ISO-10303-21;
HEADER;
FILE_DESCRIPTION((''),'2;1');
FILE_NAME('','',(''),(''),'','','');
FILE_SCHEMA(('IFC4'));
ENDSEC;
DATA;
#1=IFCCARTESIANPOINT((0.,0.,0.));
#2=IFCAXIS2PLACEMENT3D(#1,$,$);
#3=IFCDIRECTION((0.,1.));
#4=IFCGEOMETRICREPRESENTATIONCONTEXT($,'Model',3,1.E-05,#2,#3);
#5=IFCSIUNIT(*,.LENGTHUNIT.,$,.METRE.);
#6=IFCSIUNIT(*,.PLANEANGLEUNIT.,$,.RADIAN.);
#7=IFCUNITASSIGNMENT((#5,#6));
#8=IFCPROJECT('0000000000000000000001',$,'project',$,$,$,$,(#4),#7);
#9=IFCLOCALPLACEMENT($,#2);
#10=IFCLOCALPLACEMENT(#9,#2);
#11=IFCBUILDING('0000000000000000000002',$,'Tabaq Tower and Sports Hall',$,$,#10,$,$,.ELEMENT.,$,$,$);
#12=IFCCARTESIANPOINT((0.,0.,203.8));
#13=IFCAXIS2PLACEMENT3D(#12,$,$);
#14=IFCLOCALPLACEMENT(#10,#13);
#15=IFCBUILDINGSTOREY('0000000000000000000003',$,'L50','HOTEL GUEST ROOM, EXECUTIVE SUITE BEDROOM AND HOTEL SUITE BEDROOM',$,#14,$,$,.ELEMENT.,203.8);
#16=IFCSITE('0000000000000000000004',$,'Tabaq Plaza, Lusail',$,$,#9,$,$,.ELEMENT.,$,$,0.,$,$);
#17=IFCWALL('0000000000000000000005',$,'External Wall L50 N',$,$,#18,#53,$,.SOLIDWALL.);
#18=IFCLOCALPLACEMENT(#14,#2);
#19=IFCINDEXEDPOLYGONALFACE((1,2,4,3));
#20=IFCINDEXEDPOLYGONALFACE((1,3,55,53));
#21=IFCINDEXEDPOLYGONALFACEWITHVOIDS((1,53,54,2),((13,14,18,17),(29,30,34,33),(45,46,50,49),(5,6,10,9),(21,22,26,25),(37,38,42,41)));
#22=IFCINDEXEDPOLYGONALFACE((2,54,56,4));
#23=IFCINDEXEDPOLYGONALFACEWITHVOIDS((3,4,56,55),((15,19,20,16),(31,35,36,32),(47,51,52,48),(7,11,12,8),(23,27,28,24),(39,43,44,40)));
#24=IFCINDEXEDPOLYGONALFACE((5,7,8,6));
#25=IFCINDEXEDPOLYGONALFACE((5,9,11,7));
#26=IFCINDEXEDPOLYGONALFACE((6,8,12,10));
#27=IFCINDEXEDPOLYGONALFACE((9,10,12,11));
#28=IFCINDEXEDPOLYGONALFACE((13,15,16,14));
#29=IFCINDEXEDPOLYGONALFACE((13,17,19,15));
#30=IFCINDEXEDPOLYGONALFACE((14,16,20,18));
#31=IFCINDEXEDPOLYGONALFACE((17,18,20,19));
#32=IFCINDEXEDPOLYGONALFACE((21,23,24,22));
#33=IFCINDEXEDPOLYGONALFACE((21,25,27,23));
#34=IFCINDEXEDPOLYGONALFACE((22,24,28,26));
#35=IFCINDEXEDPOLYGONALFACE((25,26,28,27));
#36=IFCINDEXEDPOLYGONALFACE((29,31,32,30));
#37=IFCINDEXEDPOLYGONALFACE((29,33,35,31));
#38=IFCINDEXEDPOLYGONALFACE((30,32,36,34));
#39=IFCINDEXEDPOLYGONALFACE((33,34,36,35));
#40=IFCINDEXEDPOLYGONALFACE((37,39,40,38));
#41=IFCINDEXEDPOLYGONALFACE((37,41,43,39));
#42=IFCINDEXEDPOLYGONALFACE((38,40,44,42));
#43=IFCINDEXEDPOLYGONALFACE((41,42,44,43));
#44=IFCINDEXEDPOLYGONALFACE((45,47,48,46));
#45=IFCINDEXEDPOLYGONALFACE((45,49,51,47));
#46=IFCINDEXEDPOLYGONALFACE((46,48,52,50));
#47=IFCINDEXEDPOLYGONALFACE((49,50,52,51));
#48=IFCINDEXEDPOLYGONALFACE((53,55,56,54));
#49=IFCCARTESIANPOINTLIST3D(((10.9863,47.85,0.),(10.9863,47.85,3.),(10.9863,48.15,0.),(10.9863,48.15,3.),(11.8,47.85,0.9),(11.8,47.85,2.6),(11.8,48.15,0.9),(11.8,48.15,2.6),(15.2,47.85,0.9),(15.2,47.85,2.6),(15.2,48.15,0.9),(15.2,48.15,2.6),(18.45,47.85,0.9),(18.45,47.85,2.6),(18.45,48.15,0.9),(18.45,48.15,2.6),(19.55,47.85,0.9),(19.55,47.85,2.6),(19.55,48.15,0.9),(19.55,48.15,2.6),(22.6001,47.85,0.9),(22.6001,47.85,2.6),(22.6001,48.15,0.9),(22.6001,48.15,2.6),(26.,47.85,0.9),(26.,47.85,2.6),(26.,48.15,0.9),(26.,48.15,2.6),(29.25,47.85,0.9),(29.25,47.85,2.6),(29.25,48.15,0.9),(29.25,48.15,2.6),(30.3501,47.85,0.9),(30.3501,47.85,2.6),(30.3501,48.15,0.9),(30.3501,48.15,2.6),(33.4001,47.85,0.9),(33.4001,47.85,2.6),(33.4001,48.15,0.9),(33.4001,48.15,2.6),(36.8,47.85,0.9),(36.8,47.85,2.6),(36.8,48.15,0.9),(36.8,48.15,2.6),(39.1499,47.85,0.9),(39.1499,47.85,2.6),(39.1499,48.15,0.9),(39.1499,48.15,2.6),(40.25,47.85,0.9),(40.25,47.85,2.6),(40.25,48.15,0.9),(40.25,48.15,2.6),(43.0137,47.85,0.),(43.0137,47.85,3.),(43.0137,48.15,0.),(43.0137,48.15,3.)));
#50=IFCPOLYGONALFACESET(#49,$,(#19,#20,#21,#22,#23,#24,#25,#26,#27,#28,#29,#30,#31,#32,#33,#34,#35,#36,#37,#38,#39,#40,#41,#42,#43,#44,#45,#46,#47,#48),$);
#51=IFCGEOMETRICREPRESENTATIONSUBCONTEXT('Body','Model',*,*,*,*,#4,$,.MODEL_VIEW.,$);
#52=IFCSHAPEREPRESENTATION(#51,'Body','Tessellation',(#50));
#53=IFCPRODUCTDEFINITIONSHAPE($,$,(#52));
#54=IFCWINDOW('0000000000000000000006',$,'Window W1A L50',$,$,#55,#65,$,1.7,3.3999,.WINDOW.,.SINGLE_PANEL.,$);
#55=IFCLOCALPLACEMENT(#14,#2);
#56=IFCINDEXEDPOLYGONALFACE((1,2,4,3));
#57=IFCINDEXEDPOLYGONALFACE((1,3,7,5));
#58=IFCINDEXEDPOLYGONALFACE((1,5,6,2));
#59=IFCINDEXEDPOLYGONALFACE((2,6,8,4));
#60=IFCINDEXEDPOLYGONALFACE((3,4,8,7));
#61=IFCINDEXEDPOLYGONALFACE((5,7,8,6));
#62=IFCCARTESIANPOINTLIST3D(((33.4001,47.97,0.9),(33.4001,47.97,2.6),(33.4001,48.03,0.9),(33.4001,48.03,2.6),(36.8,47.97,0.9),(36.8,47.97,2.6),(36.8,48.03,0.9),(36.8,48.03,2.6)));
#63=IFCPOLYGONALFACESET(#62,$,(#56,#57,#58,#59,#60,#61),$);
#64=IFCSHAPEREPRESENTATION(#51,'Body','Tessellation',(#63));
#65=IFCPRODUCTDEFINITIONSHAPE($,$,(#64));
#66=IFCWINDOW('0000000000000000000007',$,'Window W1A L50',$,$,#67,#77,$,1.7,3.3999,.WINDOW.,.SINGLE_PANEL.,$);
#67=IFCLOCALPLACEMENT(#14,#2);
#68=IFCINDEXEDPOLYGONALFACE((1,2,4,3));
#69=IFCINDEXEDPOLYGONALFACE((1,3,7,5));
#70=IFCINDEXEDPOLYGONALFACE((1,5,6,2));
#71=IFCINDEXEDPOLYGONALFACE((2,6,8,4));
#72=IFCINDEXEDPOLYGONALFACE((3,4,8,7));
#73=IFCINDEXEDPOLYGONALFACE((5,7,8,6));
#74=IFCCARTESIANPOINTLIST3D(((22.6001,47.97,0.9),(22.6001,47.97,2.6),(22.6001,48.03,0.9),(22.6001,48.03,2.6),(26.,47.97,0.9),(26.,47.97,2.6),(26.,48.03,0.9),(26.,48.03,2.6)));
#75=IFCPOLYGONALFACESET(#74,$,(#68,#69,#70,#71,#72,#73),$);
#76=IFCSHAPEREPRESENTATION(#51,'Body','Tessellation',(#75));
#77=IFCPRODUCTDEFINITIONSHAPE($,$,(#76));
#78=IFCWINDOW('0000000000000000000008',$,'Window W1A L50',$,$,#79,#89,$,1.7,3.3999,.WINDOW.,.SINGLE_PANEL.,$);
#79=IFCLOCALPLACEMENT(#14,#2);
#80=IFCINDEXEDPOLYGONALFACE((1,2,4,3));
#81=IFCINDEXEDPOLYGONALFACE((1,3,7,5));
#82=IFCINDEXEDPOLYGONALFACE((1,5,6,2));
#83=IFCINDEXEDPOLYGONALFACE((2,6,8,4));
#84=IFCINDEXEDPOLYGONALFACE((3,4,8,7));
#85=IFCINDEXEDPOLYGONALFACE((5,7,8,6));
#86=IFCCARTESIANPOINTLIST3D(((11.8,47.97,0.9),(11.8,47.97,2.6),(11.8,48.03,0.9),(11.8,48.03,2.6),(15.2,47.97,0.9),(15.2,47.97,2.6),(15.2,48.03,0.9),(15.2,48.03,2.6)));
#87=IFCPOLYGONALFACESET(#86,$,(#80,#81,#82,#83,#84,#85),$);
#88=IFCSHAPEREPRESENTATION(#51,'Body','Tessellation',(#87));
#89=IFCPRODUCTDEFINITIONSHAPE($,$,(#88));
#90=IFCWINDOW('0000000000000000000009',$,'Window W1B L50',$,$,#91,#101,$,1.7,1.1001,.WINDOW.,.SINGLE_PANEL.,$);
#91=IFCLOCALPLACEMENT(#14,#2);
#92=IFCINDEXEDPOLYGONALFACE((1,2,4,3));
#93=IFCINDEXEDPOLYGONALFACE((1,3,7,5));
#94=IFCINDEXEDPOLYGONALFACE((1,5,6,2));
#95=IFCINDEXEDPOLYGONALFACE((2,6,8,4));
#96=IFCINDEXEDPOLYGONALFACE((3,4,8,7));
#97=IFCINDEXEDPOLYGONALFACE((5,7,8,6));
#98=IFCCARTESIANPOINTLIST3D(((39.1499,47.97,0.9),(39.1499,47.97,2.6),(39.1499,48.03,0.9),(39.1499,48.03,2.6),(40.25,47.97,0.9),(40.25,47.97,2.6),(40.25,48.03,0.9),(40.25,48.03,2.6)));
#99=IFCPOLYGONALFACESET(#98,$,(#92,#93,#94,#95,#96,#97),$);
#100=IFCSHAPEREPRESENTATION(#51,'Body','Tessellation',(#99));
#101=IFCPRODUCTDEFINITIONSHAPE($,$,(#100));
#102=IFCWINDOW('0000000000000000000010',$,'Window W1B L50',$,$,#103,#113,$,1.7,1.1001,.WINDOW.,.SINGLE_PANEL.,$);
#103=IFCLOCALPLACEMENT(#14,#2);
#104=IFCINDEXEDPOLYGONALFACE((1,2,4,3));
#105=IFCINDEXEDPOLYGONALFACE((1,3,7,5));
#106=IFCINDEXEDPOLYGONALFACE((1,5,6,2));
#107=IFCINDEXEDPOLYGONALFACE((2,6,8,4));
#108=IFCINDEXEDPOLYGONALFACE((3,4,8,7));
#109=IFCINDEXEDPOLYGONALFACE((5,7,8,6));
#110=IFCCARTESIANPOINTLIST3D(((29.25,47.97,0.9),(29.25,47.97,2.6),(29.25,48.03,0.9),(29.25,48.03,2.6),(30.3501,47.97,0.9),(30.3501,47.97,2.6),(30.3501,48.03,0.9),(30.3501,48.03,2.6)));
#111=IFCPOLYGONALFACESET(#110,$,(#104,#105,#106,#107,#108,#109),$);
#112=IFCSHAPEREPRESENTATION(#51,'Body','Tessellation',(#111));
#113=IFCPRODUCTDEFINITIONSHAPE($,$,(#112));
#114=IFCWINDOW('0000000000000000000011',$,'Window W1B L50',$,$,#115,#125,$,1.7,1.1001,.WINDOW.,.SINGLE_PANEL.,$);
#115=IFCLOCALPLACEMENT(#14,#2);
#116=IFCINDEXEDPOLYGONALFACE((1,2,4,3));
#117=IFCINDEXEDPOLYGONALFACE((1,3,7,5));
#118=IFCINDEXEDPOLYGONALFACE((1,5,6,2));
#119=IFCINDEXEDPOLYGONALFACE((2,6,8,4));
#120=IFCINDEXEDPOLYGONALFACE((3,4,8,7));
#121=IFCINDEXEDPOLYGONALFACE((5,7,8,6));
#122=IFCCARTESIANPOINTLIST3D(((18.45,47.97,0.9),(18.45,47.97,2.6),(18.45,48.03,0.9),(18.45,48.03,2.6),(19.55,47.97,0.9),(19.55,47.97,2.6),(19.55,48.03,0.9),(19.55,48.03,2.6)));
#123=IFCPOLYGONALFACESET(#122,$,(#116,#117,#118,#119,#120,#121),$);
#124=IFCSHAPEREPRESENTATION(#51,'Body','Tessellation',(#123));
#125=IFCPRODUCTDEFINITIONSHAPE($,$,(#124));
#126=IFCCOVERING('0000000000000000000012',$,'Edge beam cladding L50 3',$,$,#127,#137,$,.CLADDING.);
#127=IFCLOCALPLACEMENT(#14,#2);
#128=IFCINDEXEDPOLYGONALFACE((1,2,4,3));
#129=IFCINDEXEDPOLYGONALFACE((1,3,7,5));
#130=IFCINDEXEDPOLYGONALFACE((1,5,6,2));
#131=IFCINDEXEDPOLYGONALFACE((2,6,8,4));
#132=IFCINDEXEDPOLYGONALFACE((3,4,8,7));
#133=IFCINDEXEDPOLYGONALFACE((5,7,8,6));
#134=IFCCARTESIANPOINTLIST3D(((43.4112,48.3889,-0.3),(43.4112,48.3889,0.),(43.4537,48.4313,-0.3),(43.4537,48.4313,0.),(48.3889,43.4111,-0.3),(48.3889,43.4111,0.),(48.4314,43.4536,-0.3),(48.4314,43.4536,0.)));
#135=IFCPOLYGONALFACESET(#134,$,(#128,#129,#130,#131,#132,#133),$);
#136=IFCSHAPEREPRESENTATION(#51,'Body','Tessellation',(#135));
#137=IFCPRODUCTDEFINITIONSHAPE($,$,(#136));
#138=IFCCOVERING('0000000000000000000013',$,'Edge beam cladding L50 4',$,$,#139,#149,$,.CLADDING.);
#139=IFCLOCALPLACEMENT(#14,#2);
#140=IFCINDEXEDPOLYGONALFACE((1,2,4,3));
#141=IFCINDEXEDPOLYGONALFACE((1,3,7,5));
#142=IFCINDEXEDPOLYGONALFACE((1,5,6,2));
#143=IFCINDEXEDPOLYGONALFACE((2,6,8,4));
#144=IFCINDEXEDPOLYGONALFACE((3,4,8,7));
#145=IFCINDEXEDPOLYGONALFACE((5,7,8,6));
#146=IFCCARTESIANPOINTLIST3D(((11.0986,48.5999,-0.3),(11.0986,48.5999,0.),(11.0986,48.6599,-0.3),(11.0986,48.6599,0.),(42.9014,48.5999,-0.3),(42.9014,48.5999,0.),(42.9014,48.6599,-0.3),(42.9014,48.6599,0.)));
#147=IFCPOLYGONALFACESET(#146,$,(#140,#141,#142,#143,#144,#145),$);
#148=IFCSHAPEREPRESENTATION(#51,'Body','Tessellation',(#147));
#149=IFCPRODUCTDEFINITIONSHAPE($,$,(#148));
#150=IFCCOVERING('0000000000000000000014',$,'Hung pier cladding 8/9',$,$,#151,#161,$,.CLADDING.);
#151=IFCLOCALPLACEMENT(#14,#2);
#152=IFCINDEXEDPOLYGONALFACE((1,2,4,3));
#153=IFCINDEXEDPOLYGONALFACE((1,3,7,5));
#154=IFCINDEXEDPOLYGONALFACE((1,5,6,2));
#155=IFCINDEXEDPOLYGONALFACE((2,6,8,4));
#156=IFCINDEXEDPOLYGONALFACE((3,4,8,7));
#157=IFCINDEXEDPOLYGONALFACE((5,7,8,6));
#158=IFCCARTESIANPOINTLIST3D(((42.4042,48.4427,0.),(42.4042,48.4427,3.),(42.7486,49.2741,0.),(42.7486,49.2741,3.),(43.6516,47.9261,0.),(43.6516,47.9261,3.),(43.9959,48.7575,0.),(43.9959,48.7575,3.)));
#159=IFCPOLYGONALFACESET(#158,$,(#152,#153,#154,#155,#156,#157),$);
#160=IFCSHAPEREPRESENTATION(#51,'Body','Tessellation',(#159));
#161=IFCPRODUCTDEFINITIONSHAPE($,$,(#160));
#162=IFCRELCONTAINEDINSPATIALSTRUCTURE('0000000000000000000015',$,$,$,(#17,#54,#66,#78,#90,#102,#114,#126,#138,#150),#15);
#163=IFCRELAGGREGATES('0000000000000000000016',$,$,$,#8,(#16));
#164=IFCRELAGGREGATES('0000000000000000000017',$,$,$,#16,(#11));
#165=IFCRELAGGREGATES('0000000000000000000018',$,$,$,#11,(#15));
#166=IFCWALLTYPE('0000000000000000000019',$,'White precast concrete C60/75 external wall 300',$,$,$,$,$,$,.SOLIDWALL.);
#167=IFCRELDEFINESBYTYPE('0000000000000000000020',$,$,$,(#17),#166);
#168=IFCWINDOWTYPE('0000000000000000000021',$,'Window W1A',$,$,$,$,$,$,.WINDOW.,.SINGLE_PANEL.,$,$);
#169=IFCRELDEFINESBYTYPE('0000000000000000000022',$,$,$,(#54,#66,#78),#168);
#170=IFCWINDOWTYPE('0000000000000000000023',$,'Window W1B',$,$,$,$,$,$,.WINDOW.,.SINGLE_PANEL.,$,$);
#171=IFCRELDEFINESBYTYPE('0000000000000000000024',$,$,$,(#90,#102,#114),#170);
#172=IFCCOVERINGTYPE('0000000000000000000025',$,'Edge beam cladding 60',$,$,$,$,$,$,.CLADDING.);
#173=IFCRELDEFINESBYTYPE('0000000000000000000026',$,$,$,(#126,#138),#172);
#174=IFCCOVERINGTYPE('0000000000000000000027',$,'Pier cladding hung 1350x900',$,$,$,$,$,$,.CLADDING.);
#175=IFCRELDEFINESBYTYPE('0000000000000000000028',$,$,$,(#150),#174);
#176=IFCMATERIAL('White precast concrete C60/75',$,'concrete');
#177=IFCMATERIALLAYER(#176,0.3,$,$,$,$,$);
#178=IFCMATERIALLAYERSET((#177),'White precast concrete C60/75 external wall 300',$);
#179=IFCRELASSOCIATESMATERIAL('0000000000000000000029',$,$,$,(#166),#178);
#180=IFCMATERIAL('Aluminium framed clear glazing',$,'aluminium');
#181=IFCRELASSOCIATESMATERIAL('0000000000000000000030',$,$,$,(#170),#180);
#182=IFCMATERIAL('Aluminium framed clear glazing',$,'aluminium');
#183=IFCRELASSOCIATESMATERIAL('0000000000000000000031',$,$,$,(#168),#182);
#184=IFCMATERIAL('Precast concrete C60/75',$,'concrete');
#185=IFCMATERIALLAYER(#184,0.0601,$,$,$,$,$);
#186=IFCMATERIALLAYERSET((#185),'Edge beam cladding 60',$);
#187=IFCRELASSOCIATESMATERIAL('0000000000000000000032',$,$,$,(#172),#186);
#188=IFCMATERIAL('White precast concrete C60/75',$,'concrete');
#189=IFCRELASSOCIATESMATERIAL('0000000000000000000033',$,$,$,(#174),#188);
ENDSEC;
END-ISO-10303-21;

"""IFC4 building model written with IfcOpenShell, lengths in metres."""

from ifc_helpers import new_model, si_unit, direction, frame, frame_2d, origin, place, context, subcontext, project, spatial, rectangle, extrude, material, layer, layer_set, type_object, element, fill, save


model = new_model("IFC4")

# Units and contexts
model_context = context("Model", 3, precision=1e-05, world=origin(), true_north=direction((0.0, 1.0)))
body_context = subcontext(model_context, "Body", "Model", "MODEL_VIEW")
ifc_project = project(units=[si_unit("LENGTHUNIT", "METRE"), si_unit("PLANEANGLEUNIT", "RADIAN")], contexts=[model_context])

# Site, building, storey
site_placement = place(None, origin())
site = spatial("IfcSite", under=ifc_project, at=site_placement, Name="Tabaq Plaza, Lusail", CompositionType="ELEMENT", RefElevation=0.0)
building_placement = place(site_placement, origin())
building = spatial("IfcBuilding", under=site, at=building_placement, Name="Tabaq Tower and Sports Hall", CompositionType="ELEMENT")
storey_placement = place(building_placement, frame((0.0, 0.0, 203.8)))
storey = spatial("IfcBuildingStorey", under=building, at=storey_placement, Name="L50", Description="HOTEL GUEST ROOM, EXECUTIVE SUITE BEDROOM AND HOTEL SUITE BEDROOM", CompositionType="ELEMENT", Elevation=203.8)

# Wall, openings, windows
ifc_material_1 = material(Name="White precast concrete C60/75", Category="concrete")
ifc_layer_1 = layer(ifc_material_1, 0.3)
ifc_layer_set_1 = layer_set([ifc_layer_1], Name="White precast concrete C60/75 external wall 300")
wall_type_1 = type_object("IfcWallType", Name="White precast concrete C60/75 external wall 300", PredefinedType="SOLIDWALL", material=ifc_layer_set_1)
ifc_material_2 = material(Name="Aluminium framed clear glazing", Category="aluminium")
window_type_1 = type_object("IfcWindowType", Name="Window W1B", PartitioningType="SINGLE_PANEL", PredefinedType="WINDOW", material=ifc_material_2)
wall_1_placement = place(storey_placement, frame((43.0137, 48.0, 0.0), z_axis=(0.0, 0.0, 1.0), x_axis=(-1.0, 0.0, 0.0)))
wall_1 = element("IfcWall", 1, at=wall_1_placement, inside=storey, type_object=wall_type_1, Name="External Wall L50 N", PredefinedType="SOLIDWALL", context=body_context, shape_type="SweptSolid", body=[
    extrude(rectangle(XDim=32.0273, YDim=0.3, at=frame_2d((16.0137, 0.0))), origin(), (0.0, 0.0, 1.0), 3.0),
])
opening_1_placement = place(wall_1_placement, frame((2.7637, 0.0, 0.8999)))
opening_1 = element("IfcOpeningElement", 2, at=opening_1_placement, cuts=wall_1, PredefinedType="OPENING", context=body_context, shape_type="SweptSolid", body=[
    extrude(rectangle(XDim=1.1001, YDim=1.7, at=frame_2d((0.55, 0.8501))), frame((0.0, 0.1602, 0.0), z_axis=(0.0, -1.0, 0.0), x_axis=(1.0, 0.0, 0.0)), (0.0, 0.0, 1.0), 0.3201),
])
opening_2_placement = place(wall_1_placement, frame((6.2136, 0.0, 0.8999)))
opening_2 = element("IfcOpeningElement", 3, at=opening_2_placement, cuts=wall_1, PredefinedType="OPENING", context=body_context, shape_type="SweptSolid", body=[
    extrude(rectangle(XDim=3.3999, YDim=1.7, at=frame_2d((1.7, 0.8501))), frame((0.0, 0.1602, 0.0), z_axis=(0.0, -1.0, 0.0), x_axis=(1.0, 0.0, 0.0)), (0.0, 0.0, 1.0), 0.3201),
])
opening_3_placement = place(wall_1_placement, frame((12.6636, 0.0, 0.8999)))
opening_3 = element("IfcOpeningElement", 4, at=opening_3_placement, cuts=wall_1, PredefinedType="OPENING", context=body_context, shape_type="SweptSolid", body=[
    extrude(rectangle(XDim=1.1001, YDim=1.7, at=frame_2d((0.55, 0.8501))), frame((0.0, 0.1602, 0.0), z_axis=(0.0, -1.0, 0.0), x_axis=(1.0, 0.0, 0.0)), (0.0, 0.0, 1.0), 0.3201),
])
opening_4_placement = place(wall_1_placement, frame((17.0137, 0.0, 0.8999)))
opening_4 = element("IfcOpeningElement", 5, at=opening_4_placement, cuts=wall_1, PredefinedType="OPENING", context=body_context, shape_type="SweptSolid", body=[
    extrude(rectangle(XDim=3.3999, YDim=1.7, at=frame_2d((1.7, 0.8501))), frame((0.0, 0.1602, 0.0), z_axis=(0.0, -1.0, 0.0), x_axis=(1.0, 0.0, 0.0)), (0.0, 0.0, 1.0), 0.3201),
])
opening_5_placement = place(wall_1_placement, frame((23.4636, 0.0, 0.8999)))
opening_5 = element("IfcOpeningElement", 6, at=opening_5_placement, cuts=wall_1, PredefinedType="OPENING", context=body_context, shape_type="SweptSolid", body=[
    extrude(rectangle(XDim=1.1001, YDim=1.7, at=frame_2d((0.55, 0.8501))), frame((0.0, 0.1602, 0.0), z_axis=(0.0, -1.0, 0.0), x_axis=(1.0, 0.0, 0.0)), (0.0, 0.0, 1.0), 0.3201),
])
opening_6_placement = place(wall_1_placement, frame((27.8137, 0.0, 0.8999)))
opening_6 = element("IfcOpeningElement", 7, at=opening_6_placement, cuts=wall_1, PredefinedType="OPENING", context=body_context, shape_type="SweptSolid", body=[
    extrude(rectangle(XDim=3.3999, YDim=1.7, at=frame_2d((1.7, 0.8501))), frame((0.0, 0.1602, 0.0), z_axis=(0.0, -1.0, 0.0), x_axis=(1.0, 0.0, 0.0)), (0.0, 0.0, 1.0), 0.3201),
])
ifc_material_3 = material(Name="Aluminium framed clear glazing", Category="aluminium")
window_type_2 = type_object("IfcWindowType", Name="Window W1A", PartitioningType="SINGLE_PANEL", PredefinedType="WINDOW", material=ifc_material_3)
window_1_placement = place(opening_2_placement, origin())
window_1 = element("IfcWindow", 8, at=window_1_placement, inside=storey, type_object=window_type_2, Name="Window W1A L50", OverallHeight=1.7, OverallWidth=3.3999, PartitioningType="SINGLE_PANEL", PredefinedType="WINDOW", context=body_context, shape_type="SweptSolid", body=[
    extrude(rectangle(XDim=3.3999, YDim=1.7, at=frame_2d((1.7, 0.8501))), frame((0.0, 0.03, 0.0), z_axis=(0.0, -1.0, 0.0), x_axis=(1.0, 0.0, 0.0)), (0.0, 0.0, 1.0), 0.0601),
])
fill(opening_2, window_1)
window_2_placement = place(opening_4_placement, origin())
window_2 = element("IfcWindow", 9, at=window_2_placement, inside=storey, type_object=window_type_2, Name="Window W1A L50", OverallHeight=1.7, OverallWidth=3.3999, PartitioningType="SINGLE_PANEL", PredefinedType="WINDOW", context=body_context, shape_type="SweptSolid", body=[
    extrude(rectangle(XDim=3.3999, YDim=1.7, at=frame_2d((1.7, 0.8501))), frame((0.0, 0.03, 0.0), z_axis=(0.0, -1.0, 0.0), x_axis=(1.0, 0.0, 0.0)), (0.0, 0.0, 1.0), 0.0601),
])
fill(opening_4, window_2)
window_3_placement = place(opening_6_placement, origin())
window_3 = element("IfcWindow", 10, at=window_3_placement, inside=storey, type_object=window_type_2, Name="Window W1A L50", OverallHeight=1.7, OverallWidth=3.3999, PartitioningType="SINGLE_PANEL", PredefinedType="WINDOW", context=body_context, shape_type="SweptSolid", body=[
    extrude(rectangle(XDim=3.3999, YDim=1.7, at=frame_2d((1.7, 0.8501))), frame((0.0, 0.03, 0.0), z_axis=(0.0, -1.0, 0.0), x_axis=(1.0, 0.0, 0.0)), (0.0, 0.0, 1.0), 0.0601),
])
fill(opening_6, window_3)
window_4_placement = place(opening_1_placement, origin())
window_4 = element("IfcWindow", 11, at=window_4_placement, inside=storey, type_object=window_type_1, Name="Window W1B L50", OverallHeight=1.7, OverallWidth=1.1001, PartitioningType="SINGLE_PANEL", PredefinedType="WINDOW", context=body_context, shape_type="SweptSolid", body=[
    extrude(rectangle(XDim=1.1001, YDim=1.7, at=frame_2d((0.55, 0.8501))), frame((0.0, 0.03, 0.0), z_axis=(0.0, -1.0, 0.0), x_axis=(1.0, 0.0, 0.0)), (0.0, 0.0, 1.0), 0.0601),
])
fill(opening_1, window_4)
window_5_placement = place(opening_3_placement, origin())
window_5 = element("IfcWindow", 12, at=window_5_placement, inside=storey, type_object=window_type_1, Name="Window W1B L50", OverallHeight=1.7, OverallWidth=1.1001, PartitioningType="SINGLE_PANEL", PredefinedType="WINDOW", context=body_context, shape_type="SweptSolid", body=[
    extrude(rectangle(XDim=1.1001, YDim=1.7, at=frame_2d((0.55, 0.8501))), frame((0.0, 0.03, 0.0), z_axis=(0.0, -1.0, 0.0), x_axis=(1.0, 0.0, 0.0)), (0.0, 0.0, 1.0), 0.0601),
])
fill(opening_3, window_5)
window_6_placement = place(opening_5_placement, origin())
window_6 = element("IfcWindow", 13, at=window_6_placement, inside=storey, type_object=window_type_1, Name="Window W1B L50", OverallHeight=1.7, OverallWidth=1.1001, PartitioningType="SINGLE_PANEL", PredefinedType="WINDOW", context=body_context, shape_type="SweptSolid", body=[
    extrude(rectangle(XDim=1.1001, YDim=1.7, at=frame_2d((0.55, 0.8501))), frame((0.0, 0.03, 0.0), z_axis=(0.0, -1.0, 0.0), x_axis=(1.0, 0.0, 0.0)), (0.0, 0.0, 1.0), 0.0601),
])
fill(opening_5, window_6)

# Coverings
ifc_material_4 = material(Name="Precast concrete C60/75", Category="concrete")
ifc_layer_2 = layer(ifc_material_4, 0.0601)
ifc_layer_set_2 = layer_set([ifc_layer_2], Name="Edge beam cladding 60")
covering_type_1 = type_object("IfcCoveringType", Name="Edge beam cladding 60", PredefinedType="CLADDING", material=ifc_layer_set_2)
covering_1_placement = place(storey_placement, frame((48.4102, 43.4324, -0.3), z_axis=(0.0, 0.0, 1.0), x_axis=(-0.707107, 0.707107, 0.0)))
element("IfcCovering", 14, at=covering_1_placement, inside=storey, type_object=covering_type_1, Name="Edge beam cladding L50 3", PredefinedType="CLADDING", context=body_context, shape_type="SweptSolid", body=[
    extrude(rectangle(XDim=7.0396, YDim=0.0601, at=frame_2d((3.5198, 0.0))), origin(), (0.0, 0.0, 1.0), 0.3),
])
covering_2_placement = place(storey_placement, frame((42.9014, 48.6299, -0.3), z_axis=(0.0, 0.0, 1.0), x_axis=(-1.0, 0.0, 0.0)))
element("IfcCovering", 15, at=covering_2_placement, inside=storey, type_object=covering_type_1, Name="Edge beam cladding L50 4", PredefinedType="CLADDING", context=body_context, shape_type="SweptSolid", body=[
    extrude(rectangle(XDim=31.8027, YDim=0.0601, at=frame_2d((15.9014, 0.0))), origin(), (0.0, 0.0, 1.0), 0.3),
])
ifc_material_5 = material(Name="White precast concrete C60/75", Category="concrete")
covering_type_2 = type_object("IfcCoveringType", Name="Pier cladding hung 1350x900", PredefinedType="CLADDING", material=ifc_material_5)
for number, where, z_axis, x_axis, name in (
    (16, (43.8237, 48.3418, 0.0), (0.0, 0.0, 1.0), (-0.923893, 0.38265, 0.0), "Hung pier cladding 8/9"),
):
    element("IfcCovering", number, at=place(storey_placement, frame(where, z_axis=z_axis, x_axis=x_axis)), inside=storey, type_object=covering_type_2, Name=name, PredefinedType="CLADDING", context=body_context, shape_type="SweptSolid", body=[
        extrude(rectangle(XDim=1.3501, YDim=0.8999, at=frame_2d((0.675, 0.0))), origin(), (0.0, 0.0, 1.0), 3.0),
    ])

save(model, "model.ifc")
